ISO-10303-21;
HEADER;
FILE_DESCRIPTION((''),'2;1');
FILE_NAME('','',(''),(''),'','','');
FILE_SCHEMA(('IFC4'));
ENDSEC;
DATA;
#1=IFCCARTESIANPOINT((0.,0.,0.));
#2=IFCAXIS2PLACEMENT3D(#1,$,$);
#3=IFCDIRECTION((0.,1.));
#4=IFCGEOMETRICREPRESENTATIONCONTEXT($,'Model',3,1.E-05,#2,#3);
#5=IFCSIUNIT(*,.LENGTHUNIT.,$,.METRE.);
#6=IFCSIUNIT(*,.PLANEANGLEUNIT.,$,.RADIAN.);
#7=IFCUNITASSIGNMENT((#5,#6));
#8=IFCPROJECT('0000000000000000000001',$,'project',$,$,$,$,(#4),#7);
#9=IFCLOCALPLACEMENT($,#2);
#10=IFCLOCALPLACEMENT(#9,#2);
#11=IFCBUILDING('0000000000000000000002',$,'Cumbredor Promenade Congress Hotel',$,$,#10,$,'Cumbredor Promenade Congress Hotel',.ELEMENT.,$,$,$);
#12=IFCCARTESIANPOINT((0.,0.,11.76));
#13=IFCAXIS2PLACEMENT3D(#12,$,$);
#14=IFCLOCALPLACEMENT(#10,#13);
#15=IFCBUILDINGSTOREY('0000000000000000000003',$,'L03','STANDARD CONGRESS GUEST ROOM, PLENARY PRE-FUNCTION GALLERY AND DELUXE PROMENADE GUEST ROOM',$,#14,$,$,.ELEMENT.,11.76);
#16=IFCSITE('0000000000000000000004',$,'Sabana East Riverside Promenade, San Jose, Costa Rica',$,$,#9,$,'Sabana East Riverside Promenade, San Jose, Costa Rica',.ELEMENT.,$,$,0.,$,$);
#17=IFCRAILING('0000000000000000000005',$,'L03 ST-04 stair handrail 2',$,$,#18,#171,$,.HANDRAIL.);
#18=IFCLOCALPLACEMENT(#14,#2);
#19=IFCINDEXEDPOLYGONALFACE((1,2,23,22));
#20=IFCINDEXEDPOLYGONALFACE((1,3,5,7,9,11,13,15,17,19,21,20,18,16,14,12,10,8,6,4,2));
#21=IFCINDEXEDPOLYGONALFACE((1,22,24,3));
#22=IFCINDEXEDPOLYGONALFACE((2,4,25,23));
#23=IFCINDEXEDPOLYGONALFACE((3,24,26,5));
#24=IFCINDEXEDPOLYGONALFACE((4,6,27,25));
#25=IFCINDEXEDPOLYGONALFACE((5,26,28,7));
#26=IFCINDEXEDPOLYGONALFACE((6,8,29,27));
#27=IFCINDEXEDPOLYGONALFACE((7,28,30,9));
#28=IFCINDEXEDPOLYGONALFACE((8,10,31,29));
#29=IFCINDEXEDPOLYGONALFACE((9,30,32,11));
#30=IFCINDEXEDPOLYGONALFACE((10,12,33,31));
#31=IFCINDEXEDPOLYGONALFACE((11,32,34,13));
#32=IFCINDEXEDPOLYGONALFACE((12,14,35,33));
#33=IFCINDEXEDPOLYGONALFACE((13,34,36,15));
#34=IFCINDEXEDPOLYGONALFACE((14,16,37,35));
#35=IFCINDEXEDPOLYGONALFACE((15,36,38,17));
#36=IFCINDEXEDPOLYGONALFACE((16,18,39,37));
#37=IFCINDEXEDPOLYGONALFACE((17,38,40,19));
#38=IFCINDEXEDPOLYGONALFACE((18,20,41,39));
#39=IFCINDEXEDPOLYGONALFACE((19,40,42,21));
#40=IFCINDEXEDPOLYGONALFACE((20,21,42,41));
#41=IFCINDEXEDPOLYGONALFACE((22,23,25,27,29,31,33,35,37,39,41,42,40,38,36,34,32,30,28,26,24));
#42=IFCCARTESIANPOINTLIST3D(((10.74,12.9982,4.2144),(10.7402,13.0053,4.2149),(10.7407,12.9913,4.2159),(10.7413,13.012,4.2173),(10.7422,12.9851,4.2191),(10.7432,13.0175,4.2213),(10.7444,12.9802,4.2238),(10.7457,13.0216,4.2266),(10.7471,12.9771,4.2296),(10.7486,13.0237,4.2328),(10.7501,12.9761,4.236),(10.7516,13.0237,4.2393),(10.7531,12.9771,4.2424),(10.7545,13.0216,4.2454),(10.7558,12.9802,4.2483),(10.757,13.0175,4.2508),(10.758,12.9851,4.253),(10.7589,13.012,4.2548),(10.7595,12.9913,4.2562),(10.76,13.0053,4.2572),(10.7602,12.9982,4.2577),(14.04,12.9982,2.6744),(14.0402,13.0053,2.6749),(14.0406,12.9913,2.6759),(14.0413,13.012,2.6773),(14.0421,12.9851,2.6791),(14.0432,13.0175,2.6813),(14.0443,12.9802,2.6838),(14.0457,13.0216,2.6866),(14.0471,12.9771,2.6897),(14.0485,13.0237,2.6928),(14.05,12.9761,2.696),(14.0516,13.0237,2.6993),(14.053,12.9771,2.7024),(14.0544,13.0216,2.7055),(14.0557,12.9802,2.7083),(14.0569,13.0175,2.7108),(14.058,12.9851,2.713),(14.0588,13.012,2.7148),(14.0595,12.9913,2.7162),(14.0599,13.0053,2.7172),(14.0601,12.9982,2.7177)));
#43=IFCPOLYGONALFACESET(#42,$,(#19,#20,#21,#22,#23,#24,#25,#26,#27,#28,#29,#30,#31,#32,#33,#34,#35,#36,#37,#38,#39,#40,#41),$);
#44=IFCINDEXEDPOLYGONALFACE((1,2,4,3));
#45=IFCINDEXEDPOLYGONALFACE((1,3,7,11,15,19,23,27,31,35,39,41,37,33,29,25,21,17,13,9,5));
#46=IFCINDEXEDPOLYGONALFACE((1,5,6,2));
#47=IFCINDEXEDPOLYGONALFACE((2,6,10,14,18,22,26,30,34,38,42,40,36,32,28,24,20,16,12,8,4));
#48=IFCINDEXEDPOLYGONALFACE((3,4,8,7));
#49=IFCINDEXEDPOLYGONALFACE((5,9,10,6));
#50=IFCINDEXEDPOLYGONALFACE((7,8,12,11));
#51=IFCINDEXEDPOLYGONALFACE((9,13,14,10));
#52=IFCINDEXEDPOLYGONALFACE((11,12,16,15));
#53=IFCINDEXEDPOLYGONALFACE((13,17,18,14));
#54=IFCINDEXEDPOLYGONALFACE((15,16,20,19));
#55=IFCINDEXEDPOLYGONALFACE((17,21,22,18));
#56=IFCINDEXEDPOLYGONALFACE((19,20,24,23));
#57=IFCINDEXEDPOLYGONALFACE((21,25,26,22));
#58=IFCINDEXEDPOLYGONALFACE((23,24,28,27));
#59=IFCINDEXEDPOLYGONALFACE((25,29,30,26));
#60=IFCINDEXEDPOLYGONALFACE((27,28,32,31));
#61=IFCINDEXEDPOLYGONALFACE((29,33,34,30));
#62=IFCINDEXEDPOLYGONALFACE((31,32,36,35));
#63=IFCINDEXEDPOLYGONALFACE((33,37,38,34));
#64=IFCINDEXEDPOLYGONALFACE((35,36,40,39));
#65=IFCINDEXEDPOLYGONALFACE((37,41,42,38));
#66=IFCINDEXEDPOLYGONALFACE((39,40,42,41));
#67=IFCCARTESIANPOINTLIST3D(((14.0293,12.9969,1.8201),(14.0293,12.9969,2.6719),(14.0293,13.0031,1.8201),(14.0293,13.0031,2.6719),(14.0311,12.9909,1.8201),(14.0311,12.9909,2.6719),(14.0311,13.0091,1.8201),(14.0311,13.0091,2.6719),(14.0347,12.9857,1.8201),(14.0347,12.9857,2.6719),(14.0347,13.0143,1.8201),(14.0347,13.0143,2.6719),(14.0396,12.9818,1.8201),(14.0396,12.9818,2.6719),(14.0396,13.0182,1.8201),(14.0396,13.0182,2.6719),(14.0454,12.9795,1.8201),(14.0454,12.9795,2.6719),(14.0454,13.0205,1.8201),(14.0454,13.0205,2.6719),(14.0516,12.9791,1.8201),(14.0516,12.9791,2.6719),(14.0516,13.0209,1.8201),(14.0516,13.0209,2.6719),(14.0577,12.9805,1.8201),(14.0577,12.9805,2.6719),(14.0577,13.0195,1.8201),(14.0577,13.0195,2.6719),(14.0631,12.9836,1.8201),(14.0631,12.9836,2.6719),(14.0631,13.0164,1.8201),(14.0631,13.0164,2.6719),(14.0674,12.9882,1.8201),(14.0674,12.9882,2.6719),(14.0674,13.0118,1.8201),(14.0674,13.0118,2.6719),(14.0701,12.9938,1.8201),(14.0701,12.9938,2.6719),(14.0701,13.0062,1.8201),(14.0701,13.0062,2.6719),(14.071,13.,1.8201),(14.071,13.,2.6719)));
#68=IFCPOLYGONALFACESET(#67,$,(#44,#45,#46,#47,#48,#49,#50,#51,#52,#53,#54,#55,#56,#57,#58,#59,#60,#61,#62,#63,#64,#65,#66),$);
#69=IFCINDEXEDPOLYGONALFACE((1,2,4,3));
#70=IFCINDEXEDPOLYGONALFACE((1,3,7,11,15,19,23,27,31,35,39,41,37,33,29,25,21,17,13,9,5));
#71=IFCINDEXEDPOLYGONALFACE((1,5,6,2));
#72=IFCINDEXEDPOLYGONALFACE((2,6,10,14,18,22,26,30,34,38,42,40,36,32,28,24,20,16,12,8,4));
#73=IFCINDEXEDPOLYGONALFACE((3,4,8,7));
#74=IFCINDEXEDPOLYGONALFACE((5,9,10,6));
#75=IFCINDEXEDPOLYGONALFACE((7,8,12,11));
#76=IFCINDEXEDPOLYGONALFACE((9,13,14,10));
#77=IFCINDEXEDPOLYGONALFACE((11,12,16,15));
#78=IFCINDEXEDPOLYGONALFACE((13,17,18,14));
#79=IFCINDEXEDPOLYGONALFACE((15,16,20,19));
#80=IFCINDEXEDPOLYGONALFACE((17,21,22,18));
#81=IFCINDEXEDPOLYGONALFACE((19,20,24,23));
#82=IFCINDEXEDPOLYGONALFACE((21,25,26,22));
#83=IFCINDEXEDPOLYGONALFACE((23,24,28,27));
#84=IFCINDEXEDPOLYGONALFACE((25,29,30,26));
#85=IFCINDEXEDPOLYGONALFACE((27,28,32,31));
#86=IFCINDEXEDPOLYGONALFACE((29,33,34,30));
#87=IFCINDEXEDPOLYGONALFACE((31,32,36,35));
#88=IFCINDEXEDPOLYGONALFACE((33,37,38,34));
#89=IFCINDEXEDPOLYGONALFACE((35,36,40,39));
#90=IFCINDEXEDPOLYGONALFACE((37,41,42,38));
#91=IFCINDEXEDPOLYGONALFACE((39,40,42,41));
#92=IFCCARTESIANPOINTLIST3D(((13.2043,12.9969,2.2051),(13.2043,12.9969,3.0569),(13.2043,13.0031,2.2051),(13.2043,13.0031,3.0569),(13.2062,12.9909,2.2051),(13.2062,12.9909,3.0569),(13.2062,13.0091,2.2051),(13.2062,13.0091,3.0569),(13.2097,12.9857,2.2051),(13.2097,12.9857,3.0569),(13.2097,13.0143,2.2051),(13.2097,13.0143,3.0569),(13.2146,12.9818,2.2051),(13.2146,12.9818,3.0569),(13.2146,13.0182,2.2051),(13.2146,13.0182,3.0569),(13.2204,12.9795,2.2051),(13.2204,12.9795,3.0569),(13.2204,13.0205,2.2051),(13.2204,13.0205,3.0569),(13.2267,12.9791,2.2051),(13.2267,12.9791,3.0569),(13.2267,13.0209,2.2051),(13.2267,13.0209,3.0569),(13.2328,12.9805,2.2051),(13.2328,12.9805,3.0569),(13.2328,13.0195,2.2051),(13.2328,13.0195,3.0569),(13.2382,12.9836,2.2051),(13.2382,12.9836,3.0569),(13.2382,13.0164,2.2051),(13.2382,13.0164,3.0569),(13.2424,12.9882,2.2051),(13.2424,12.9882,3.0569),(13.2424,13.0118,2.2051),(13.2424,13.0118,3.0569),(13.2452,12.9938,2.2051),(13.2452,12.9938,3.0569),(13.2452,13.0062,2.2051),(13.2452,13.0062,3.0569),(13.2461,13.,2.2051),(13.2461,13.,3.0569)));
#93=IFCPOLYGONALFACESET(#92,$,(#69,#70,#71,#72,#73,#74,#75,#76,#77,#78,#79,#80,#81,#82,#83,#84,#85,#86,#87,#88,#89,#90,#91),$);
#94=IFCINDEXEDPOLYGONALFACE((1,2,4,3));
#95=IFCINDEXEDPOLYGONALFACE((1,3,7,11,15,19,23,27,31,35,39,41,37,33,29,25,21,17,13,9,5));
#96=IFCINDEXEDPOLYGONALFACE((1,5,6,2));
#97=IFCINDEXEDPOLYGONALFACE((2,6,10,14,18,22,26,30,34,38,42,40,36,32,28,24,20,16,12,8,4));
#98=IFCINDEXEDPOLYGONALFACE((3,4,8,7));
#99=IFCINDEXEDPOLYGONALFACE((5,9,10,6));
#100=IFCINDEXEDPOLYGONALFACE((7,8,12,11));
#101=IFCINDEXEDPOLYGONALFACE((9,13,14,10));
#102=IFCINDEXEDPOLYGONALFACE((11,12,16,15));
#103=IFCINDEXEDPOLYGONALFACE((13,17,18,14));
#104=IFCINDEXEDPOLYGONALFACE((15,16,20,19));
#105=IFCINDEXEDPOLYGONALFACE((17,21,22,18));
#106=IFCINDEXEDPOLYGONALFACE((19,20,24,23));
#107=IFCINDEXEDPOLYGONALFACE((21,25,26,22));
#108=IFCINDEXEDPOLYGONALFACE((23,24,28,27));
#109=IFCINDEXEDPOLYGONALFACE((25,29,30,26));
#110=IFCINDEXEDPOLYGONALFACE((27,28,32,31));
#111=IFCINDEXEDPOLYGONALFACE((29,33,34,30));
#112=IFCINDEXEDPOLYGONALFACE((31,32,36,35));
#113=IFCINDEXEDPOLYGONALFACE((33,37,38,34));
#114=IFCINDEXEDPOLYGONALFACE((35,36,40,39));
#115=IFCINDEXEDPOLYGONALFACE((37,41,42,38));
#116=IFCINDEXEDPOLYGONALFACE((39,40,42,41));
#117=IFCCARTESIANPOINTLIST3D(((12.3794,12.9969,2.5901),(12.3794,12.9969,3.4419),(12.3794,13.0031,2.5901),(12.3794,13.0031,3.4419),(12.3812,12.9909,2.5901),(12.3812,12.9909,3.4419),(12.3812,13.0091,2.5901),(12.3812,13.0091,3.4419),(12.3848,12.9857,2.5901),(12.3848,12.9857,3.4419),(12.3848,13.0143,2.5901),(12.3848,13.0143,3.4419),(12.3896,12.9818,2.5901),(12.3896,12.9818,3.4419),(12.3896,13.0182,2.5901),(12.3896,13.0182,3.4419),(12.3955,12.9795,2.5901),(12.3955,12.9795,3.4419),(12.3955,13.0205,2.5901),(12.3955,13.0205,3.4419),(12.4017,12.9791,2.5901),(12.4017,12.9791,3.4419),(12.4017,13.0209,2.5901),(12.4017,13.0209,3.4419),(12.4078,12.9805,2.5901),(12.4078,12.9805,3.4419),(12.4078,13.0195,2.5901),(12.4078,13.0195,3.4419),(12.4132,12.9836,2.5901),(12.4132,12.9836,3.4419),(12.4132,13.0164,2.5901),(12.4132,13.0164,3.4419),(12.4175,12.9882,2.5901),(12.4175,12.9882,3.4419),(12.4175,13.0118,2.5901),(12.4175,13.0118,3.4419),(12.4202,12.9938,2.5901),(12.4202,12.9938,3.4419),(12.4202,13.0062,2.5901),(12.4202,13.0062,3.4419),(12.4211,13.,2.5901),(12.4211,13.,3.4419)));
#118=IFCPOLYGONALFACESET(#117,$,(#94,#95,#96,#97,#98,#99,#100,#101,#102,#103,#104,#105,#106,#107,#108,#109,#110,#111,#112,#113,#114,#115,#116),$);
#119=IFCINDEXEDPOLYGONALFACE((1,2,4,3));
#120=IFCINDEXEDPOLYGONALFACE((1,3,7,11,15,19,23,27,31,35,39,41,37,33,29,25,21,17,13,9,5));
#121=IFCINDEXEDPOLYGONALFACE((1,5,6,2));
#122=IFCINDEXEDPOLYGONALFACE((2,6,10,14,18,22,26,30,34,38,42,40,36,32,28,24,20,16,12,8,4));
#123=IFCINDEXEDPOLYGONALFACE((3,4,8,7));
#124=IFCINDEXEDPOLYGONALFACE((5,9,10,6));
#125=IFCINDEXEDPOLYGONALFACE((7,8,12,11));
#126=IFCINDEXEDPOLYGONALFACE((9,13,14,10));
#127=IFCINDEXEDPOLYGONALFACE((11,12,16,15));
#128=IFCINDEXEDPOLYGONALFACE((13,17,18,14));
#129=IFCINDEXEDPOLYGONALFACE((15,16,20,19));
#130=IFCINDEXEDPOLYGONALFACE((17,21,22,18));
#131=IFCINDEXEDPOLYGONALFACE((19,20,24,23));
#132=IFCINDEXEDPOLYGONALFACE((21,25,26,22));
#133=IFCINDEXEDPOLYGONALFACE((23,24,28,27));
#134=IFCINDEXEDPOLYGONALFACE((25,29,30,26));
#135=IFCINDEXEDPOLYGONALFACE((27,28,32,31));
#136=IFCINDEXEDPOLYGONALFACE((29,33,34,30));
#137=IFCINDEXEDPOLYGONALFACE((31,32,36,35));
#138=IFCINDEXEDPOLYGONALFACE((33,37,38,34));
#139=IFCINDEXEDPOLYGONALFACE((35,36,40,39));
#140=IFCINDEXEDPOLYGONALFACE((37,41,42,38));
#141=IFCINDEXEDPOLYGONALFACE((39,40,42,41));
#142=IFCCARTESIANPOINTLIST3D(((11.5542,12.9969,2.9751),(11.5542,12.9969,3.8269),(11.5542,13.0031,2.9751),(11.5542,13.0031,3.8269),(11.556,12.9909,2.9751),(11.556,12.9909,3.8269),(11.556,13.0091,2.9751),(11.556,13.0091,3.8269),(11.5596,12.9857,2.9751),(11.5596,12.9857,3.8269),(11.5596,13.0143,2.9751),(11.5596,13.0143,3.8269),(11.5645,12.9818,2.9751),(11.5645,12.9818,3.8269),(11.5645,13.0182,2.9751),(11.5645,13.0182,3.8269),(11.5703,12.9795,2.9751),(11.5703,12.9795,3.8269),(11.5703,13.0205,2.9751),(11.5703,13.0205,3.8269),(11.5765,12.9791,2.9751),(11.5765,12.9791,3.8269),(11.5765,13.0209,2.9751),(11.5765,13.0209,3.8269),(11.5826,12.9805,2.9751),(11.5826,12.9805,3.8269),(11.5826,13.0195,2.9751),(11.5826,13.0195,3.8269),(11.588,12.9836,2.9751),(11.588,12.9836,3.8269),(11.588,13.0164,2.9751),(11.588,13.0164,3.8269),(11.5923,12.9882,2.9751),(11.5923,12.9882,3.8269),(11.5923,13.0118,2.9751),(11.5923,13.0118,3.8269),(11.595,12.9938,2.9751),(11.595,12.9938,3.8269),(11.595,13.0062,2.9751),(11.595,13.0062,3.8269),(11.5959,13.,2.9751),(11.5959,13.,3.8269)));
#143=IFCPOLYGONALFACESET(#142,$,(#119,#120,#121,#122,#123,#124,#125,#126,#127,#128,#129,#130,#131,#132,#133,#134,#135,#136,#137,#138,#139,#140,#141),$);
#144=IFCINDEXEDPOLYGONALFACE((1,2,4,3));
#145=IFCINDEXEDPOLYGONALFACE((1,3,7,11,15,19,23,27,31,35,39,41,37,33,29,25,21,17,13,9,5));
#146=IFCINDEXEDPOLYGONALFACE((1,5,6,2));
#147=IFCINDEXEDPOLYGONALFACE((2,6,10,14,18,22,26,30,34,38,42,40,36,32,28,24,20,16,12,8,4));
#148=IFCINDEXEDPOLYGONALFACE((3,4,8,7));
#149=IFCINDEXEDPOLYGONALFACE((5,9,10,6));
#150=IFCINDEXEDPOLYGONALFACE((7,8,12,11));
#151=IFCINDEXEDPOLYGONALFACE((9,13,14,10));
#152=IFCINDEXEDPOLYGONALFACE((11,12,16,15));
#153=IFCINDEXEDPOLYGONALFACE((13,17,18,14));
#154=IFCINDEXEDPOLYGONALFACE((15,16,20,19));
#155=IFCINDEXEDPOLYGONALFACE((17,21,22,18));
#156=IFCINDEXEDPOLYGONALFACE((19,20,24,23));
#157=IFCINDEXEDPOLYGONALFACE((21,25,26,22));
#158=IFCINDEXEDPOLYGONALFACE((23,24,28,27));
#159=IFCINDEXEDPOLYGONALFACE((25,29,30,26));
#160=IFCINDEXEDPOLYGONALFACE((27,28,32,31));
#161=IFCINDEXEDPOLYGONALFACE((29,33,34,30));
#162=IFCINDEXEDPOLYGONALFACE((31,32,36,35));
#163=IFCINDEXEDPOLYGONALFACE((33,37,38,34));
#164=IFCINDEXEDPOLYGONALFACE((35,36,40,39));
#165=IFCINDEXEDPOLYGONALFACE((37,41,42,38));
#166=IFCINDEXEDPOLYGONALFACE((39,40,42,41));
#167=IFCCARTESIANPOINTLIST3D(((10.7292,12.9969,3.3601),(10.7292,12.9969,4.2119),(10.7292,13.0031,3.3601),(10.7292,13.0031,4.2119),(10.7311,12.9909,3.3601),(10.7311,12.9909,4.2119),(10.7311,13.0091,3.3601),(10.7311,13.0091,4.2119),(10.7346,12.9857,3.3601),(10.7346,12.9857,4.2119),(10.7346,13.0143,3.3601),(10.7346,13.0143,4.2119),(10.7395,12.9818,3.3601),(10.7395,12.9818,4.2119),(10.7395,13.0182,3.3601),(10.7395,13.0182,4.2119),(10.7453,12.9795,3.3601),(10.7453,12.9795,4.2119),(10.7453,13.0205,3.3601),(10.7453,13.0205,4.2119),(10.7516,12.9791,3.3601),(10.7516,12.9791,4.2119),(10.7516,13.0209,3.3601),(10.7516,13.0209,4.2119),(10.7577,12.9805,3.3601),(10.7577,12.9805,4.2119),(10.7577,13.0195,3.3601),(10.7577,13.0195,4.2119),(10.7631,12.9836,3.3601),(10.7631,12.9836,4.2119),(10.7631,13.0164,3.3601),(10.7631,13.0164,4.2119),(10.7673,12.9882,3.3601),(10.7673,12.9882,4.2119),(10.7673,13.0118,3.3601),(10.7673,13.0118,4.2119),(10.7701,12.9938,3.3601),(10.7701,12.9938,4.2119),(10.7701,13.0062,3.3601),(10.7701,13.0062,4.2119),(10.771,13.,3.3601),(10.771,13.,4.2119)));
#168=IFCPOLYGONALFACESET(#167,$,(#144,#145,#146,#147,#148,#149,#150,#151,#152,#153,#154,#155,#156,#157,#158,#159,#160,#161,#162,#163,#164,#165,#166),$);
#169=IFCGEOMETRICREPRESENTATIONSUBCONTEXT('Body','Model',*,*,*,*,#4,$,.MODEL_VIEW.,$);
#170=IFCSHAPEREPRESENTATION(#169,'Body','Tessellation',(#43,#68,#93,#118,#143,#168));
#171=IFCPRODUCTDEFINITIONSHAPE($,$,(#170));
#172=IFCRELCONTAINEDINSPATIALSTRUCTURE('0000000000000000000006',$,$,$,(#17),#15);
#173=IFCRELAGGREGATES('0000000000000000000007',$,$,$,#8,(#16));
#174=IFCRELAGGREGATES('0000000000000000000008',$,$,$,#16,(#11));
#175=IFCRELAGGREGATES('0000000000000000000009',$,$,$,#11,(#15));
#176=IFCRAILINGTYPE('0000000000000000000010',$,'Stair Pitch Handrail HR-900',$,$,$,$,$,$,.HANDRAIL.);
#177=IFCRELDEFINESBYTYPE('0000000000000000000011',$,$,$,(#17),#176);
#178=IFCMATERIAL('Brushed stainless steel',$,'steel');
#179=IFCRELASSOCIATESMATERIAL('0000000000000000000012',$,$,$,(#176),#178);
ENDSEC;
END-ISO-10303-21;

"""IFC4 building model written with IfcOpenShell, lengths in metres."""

from ifc_helpers import new_model, si_unit, direction, frame, origin, origin_2d, place, context, subcontext, project, spatial, circle, extrude, material, type_object, element, save


model = new_model("IFC4")

# Units and contexts
model_context = context("Model", 3, precision=1e-05, world=origin(), true_north=direction((0.0, 1.0)))
body_context = subcontext(model_context, "Body", "Model", "MODEL_VIEW")
ifc_project = project(units=[si_unit("LENGTHUNIT", "METRE"), si_unit("PLANEANGLEUNIT", "RADIAN")], contexts=[model_context])

# Site, building, storey
site_placement = place(None, origin())
site = spatial("IfcSite", under=ifc_project, at=site_placement, Name="Sabana East Riverside Promenade, San Jose, Costa Rica", LongName="Sabana East Riverside Promenade, San Jose, Costa Rica", CompositionType="ELEMENT", RefElevation=0.0)
building_placement = place(site_placement, origin())
building = spatial("IfcBuilding", under=site, at=building_placement, Name="Cumbredor Promenade Congress Hotel", LongName="Cumbredor Promenade Congress Hotel", CompositionType="ELEMENT")
storey_placement = place(building_placement, frame((0.0, 0.0, 11.76)))
storey = spatial("IfcBuildingStorey", under=building, at=storey_placement, Name="L03", Description="STANDARD CONGRESS GUEST ROOM, PLENARY PRE-FUNCTION GALLERY AND DELUXE PROMENADE GUEST ROOM", CompositionType="ELEMENT", Elevation=11.76)

# Railing
ifc_material_1 = material(Name="Brushed stainless steel", Category="steel")
railing_type_1 = type_object("IfcRailingType", Name="Stair Pitch Handrail HR-900", PredefinedType="HANDRAIL", material=ifc_material_1)
railing_1_placement = place(storey_placement, frame((14.05, 13.0, 1.8201)))
element("IfcRailing", 1, at=railing_1_placement, inside=storey, type_object=railing_type_1, Name="L03 ST-04 stair handrail 2", PredefinedType="HANDRAIL", context=body_context, shape_type="SweptSolid", body=[
    extrude(circle(Radius=0.0239, at=origin_2d()), frame((0.0, 0.0, 0.876), z_axis=(-0.906181, 0.0, 0.422889), x_axis=(0.0, -1.0, 0.0)), (0.0, 0.0, 1.0), 3.6416),
    extrude(circle(Radius=0.021, at=origin_2d()), origin(), (0.0, 0.0, 1.0), 0.8518),
    extrude(circle(Radius=0.021, at=origin_2d()), frame((-0.825, 0.0, 0.385)), (0.0, 0.0, 1.0), 0.8518),
    extrude(circle(Radius=0.021, at=origin_2d()), frame((-1.6499, 0.0, 0.77)), (0.0, 0.0, 1.0), 0.8518),
    extrude(circle(Radius=0.021, at=origin_2d()), frame((-2.4751, 0.0, 1.155)), (0.0, 0.0, 1.0), 0.8518),
    extrude(circle(Radius=0.021, at=origin_2d()), frame((-3.3, 0.0, 1.54)), (0.0, 0.0, 1.0), 0.8518),
])

save(model, "model.ifc")
